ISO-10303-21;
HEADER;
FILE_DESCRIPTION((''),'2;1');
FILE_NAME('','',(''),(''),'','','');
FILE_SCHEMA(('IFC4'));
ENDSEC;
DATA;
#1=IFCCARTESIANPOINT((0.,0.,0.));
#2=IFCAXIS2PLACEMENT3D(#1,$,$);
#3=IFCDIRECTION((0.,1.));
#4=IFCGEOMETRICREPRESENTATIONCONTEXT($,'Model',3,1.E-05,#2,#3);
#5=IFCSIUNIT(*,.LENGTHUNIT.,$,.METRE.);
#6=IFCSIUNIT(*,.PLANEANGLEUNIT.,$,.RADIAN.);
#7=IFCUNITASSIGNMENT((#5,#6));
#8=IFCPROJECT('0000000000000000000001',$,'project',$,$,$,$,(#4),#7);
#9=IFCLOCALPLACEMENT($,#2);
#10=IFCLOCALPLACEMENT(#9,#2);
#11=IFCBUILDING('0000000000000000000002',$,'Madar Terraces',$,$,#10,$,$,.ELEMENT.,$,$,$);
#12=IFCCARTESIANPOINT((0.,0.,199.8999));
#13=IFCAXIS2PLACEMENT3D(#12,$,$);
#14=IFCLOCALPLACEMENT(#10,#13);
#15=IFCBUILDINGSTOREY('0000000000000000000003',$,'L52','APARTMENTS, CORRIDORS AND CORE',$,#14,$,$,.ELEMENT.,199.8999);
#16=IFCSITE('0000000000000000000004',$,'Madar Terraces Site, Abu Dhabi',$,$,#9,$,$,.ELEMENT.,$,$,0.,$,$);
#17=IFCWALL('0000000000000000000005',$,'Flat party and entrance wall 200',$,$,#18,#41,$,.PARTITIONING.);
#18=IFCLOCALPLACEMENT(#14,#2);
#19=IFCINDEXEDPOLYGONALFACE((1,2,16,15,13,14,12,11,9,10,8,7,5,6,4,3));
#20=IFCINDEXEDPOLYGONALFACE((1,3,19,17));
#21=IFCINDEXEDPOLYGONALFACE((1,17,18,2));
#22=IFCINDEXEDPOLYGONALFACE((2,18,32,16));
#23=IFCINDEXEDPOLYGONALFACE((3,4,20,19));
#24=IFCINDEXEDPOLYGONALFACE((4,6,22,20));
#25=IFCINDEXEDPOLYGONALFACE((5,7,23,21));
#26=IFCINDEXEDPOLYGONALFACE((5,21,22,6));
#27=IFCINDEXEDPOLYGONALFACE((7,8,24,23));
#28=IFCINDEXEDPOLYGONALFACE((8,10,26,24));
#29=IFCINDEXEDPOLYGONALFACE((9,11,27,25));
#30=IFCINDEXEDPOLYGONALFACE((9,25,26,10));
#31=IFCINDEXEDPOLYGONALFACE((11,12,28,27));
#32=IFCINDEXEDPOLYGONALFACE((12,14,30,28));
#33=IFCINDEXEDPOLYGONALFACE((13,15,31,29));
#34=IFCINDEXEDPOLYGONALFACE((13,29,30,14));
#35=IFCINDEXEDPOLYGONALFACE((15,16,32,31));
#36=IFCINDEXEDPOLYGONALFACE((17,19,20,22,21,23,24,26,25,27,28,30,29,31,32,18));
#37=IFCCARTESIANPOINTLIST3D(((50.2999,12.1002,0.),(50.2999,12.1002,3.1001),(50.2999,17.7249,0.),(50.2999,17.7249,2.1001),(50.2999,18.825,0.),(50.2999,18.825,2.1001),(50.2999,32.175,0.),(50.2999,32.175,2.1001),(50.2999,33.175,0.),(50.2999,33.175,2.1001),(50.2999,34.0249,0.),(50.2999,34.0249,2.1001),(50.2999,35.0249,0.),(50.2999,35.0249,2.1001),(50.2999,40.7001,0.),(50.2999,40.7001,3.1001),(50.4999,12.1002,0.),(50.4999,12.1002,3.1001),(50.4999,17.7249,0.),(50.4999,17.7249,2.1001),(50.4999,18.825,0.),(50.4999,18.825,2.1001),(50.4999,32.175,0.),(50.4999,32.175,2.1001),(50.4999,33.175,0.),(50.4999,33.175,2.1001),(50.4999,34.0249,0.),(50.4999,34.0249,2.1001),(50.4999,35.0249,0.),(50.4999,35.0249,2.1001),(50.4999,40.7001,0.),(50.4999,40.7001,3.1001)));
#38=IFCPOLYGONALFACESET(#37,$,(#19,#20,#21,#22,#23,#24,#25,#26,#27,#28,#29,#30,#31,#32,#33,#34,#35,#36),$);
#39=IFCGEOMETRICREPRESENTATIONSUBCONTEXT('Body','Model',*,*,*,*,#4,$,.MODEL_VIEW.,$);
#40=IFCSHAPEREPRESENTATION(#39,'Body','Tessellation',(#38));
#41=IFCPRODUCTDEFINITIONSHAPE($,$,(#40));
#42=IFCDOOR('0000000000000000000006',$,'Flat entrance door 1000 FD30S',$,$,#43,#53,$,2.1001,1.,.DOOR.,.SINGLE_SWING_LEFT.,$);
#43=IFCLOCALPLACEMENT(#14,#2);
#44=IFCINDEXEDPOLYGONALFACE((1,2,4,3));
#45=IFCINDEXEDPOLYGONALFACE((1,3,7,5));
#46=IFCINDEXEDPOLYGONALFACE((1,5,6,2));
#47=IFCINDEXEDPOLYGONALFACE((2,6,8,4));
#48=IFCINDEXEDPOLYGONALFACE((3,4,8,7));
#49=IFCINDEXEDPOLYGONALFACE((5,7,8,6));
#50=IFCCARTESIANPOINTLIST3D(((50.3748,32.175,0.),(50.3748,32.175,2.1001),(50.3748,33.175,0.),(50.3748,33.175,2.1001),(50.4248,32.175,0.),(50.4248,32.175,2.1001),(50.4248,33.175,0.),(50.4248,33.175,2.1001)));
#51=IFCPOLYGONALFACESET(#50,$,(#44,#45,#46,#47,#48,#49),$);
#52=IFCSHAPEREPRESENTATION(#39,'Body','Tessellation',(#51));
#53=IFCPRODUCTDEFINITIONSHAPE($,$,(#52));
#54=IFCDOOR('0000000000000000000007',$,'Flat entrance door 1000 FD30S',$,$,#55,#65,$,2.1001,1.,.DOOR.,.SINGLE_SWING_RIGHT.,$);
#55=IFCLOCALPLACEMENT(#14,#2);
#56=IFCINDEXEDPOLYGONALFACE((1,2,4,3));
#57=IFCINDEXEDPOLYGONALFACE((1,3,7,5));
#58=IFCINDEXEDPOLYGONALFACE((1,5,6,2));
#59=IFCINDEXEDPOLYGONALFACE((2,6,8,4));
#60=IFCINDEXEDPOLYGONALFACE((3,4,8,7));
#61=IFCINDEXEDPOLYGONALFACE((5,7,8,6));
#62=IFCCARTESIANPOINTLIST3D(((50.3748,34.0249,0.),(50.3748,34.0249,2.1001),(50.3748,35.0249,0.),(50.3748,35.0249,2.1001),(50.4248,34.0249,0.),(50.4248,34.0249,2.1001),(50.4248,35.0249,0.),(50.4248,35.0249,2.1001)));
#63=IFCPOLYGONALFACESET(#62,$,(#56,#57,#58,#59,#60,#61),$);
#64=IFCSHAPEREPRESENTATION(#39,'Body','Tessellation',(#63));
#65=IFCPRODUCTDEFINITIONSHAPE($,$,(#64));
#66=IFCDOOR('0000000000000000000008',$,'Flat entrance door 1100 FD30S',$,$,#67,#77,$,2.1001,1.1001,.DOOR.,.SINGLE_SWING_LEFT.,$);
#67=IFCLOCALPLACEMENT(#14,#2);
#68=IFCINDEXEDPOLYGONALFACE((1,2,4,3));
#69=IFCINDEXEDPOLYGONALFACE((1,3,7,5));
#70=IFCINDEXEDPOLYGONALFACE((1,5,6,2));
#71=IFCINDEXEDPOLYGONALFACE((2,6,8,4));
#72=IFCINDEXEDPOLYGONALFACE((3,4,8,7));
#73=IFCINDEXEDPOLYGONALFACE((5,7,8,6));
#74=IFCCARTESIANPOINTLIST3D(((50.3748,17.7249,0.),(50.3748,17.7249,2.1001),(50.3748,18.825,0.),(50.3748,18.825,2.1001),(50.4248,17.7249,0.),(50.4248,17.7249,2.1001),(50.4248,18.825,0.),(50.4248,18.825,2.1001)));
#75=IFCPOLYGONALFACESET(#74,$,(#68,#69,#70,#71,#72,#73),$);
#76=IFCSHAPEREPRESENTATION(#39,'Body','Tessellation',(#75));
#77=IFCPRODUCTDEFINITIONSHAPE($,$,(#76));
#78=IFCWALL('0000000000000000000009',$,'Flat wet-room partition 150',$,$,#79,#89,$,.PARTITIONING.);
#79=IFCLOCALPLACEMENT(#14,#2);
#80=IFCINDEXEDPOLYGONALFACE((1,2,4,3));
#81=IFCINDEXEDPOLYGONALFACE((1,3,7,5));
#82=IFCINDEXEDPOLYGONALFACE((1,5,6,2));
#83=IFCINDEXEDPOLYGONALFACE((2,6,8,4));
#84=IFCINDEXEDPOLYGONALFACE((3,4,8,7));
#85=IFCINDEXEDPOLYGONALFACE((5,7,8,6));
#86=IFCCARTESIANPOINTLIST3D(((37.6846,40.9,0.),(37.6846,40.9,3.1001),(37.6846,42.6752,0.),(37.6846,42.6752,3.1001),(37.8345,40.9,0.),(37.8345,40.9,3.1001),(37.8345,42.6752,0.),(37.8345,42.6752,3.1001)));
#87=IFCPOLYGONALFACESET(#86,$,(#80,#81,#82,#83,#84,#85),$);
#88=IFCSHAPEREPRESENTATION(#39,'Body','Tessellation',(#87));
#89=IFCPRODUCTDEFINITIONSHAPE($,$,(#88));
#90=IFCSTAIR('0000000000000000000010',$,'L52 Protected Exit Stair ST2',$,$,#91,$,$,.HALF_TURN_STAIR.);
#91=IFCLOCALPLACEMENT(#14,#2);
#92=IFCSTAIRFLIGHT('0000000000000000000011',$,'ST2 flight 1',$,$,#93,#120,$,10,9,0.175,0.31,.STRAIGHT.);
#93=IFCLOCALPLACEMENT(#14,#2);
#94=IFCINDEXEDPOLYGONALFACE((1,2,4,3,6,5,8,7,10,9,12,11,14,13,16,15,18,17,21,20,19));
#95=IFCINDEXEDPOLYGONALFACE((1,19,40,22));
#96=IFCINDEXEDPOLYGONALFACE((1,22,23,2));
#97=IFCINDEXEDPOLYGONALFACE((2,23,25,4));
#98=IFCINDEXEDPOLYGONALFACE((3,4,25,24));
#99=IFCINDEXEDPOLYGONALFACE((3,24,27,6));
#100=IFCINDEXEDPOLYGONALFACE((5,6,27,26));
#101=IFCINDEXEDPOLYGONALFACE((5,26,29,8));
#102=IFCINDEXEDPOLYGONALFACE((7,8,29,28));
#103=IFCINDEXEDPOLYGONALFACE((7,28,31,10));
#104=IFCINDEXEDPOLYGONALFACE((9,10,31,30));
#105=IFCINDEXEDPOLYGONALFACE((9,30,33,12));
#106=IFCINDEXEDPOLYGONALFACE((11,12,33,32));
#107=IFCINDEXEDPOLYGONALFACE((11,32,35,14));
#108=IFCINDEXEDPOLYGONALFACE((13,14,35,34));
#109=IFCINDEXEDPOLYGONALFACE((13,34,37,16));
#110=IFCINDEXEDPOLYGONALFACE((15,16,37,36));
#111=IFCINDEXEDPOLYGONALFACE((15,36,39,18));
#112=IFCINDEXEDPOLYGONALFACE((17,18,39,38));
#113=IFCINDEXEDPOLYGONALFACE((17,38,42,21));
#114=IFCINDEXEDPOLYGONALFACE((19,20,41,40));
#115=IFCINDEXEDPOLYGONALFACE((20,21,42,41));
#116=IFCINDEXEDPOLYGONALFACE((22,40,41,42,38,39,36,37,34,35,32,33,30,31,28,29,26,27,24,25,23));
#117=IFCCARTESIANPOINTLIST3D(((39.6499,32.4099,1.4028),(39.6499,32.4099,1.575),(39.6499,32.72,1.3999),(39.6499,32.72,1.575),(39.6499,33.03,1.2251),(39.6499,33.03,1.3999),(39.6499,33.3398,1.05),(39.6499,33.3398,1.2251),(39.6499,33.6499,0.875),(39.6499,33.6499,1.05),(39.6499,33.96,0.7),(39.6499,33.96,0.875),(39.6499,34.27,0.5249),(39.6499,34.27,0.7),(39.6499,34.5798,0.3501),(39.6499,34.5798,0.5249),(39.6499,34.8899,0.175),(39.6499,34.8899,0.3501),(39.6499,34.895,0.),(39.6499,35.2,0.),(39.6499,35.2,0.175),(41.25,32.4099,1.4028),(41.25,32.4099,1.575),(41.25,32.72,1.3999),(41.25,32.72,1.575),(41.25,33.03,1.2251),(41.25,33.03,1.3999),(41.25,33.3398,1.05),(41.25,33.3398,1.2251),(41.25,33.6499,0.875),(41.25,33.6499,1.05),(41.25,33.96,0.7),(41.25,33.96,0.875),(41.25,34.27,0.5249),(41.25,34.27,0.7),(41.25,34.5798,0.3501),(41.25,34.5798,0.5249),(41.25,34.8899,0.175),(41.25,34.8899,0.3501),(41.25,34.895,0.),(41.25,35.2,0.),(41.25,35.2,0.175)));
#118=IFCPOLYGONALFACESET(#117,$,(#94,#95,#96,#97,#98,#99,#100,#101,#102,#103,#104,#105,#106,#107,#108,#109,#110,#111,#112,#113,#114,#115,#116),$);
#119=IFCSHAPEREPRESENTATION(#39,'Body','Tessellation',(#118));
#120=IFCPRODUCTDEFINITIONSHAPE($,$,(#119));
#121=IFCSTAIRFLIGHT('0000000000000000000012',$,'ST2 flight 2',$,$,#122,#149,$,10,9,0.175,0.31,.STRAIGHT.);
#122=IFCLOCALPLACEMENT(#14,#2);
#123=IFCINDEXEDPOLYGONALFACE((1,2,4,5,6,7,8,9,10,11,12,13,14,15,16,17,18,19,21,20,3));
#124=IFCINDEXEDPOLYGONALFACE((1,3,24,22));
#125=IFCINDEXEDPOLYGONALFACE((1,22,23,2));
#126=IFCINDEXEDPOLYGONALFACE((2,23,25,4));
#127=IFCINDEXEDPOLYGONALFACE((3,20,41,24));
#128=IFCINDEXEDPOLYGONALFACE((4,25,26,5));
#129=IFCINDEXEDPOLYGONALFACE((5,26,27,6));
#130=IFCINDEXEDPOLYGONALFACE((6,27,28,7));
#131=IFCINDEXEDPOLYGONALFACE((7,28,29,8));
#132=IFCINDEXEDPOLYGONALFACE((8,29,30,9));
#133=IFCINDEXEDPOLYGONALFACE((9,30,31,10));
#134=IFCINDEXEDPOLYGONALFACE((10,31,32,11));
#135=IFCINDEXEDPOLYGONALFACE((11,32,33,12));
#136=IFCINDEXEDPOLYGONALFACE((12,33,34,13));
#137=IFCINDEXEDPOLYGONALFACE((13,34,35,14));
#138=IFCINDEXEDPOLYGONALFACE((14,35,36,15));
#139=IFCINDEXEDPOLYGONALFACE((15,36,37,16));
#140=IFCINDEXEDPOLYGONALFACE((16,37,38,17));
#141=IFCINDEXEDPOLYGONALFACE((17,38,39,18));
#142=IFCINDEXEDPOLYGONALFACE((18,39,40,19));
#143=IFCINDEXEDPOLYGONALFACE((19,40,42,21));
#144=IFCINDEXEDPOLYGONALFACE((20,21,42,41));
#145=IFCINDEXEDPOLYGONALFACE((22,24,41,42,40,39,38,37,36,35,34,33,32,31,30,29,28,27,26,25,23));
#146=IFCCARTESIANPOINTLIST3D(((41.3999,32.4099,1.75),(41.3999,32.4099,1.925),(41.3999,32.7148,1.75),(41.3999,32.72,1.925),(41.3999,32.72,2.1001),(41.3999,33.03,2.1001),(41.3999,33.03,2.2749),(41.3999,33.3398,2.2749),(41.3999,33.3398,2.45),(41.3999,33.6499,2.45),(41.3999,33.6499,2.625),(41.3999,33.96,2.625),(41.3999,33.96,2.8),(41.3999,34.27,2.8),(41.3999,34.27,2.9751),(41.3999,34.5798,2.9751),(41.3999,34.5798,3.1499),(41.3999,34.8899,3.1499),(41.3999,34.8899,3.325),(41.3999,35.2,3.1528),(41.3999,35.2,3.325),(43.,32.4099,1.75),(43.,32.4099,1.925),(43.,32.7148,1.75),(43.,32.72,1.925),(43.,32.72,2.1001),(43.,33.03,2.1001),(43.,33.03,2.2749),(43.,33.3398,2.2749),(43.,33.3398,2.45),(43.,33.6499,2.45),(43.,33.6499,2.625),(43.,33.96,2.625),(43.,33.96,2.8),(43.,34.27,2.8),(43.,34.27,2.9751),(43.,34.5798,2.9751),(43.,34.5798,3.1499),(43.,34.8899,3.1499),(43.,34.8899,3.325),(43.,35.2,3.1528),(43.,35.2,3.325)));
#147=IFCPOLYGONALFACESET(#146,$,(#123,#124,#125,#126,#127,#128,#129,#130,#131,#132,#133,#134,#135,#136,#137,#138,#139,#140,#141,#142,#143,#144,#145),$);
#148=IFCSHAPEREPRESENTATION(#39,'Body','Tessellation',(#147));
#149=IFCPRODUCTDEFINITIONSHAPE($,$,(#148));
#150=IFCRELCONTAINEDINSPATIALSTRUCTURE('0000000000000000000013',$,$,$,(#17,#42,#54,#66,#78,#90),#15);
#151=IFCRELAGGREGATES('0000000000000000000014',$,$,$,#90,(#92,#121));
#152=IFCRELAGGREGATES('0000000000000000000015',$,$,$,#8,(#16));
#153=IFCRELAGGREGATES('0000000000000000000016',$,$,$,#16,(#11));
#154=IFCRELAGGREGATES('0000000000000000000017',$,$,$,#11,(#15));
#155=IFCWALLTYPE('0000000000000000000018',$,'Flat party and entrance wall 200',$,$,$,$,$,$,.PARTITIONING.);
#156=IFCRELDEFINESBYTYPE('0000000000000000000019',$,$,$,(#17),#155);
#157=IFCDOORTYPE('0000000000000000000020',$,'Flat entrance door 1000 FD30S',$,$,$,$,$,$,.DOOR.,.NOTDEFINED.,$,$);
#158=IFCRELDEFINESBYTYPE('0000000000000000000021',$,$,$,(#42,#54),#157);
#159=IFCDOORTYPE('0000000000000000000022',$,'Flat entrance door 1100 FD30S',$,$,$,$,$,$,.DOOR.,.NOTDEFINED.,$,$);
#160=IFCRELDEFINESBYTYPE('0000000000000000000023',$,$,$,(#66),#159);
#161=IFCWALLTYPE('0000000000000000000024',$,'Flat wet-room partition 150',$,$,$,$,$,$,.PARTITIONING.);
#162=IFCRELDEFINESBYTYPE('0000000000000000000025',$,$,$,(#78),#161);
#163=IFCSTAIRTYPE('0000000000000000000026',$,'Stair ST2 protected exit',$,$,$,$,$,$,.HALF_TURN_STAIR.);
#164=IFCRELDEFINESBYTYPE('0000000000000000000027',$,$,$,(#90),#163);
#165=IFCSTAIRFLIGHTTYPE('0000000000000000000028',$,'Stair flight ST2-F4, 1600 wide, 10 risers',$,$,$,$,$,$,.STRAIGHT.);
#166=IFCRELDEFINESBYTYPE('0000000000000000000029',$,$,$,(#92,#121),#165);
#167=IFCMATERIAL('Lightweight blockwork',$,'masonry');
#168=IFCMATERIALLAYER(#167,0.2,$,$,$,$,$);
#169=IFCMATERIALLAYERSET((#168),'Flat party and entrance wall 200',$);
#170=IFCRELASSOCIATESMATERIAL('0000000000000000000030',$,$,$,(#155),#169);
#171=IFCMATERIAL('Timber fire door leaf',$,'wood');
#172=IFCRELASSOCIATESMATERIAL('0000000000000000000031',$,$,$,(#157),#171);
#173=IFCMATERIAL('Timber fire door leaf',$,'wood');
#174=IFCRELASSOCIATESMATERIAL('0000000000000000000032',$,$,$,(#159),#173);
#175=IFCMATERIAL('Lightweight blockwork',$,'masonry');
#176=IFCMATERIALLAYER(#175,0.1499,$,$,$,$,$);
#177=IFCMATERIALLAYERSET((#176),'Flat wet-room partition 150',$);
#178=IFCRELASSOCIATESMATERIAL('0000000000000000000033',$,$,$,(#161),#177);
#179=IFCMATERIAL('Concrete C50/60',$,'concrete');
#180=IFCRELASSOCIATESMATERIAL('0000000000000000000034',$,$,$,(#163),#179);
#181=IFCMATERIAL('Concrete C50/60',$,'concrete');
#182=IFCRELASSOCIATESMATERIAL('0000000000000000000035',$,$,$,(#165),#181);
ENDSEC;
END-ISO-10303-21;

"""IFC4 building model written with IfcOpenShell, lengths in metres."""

from ifc_helpers import new_model, si_unit, direction, frame, frame_2d, origin, place, context, subcontext, project, spatial, polyline, rectangle, outline, extrude, material, layer, layer_set, type_object, element, fill, aggregate, save


model = new_model("IFC4")

# Units and contexts
model_context = context("Model", 3, precision=1e-05, world=origin(), true_north=direction((0.0, 1.0)))
body_context = subcontext(model_context, "Body", "Model", "MODEL_VIEW")
ifc_project = project(units=[si_unit("LENGTHUNIT", "METRE"), si_unit("PLANEANGLEUNIT", "RADIAN")], contexts=[model_context])

# Site, building, storey
site_placement = place(None, origin())
site = spatial("IfcSite", under=ifc_project, at=site_placement, Name="Madar Terraces Site, Abu Dhabi", CompositionType="ELEMENT", RefElevation=0.0)
building_placement = place(site_placement, origin())
building = spatial("IfcBuilding", under=site, at=building_placement, Name="Madar Terraces", CompositionType="ELEMENT")
storey_placement = place(building_placement, frame((0.0, 0.0, 199.8999)))
storey = spatial("IfcBuildingStorey", under=building, at=storey_placement, Name="L52", Description="APARTMENTS, CORRIDORS AND CORE", CompositionType="ELEMENT", Elevation=199.8999)

# Wall, openings, doors
ifc_material_1 = material(Name="Lightweight blockwork", Category="masonry")
ifc_layer_1 = layer(ifc_material_1, 0.2)
ifc_layer_set_1 = layer_set([ifc_layer_1], Name="Flat party and entrance wall 200")
wall_type_1 = type_object("IfcWallType", Name="Flat party and entrance wall 200", PredefinedType="PARTITIONING", material=ifc_layer_set_1)
wall_1_placement = place(storey_placement, frame((50.3999, 40.7, 0.0), z_axis=(0.0, 0.0, 1.0), x_axis=(0.0, -1.0, 0.0)))
wall_1 = element("IfcWall", 1, at=wall_1_placement, inside=storey, type_object=wall_type_1, Name="Flat party and entrance wall 200", PredefinedType="PARTITIONING", context=body_context, shape_type="SweptSolid", body=[
    extrude(rectangle(XDim=28.5999, YDim=0.2, at=frame_2d((14.2998, 0.0))), origin(), (0.0, 0.0, 1.0), 3.1001),
])
opening_1_placement = place(wall_1_placement, frame((21.875, 0.0, 0.0)))
opening_1 = element("IfcOpeningElement", 2, at=opening_1_placement, cuts=wall_1, PredefinedType="OPENING", context=body_context, shape_type="SweptSolid", body=[
    extrude(rectangle(XDim=1.1001, YDim=2.1001, at=frame_2d((0.55, 1.05))), frame((0.0, 0.1099, 0.0), z_axis=(0.0, -1.0, 0.0), x_axis=(1.0, 0.0, 0.0)), (0.0, 0.0, 1.0), 0.22),
])
opening_2_placement = place(wall_1_placement, frame((7.5249, 0.0, 0.0)))
opening_2 = element("IfcOpeningElement", 3, at=opening_2_placement, cuts=wall_1, PredefinedType="OPENING", context=body_context, shape_type="SweptSolid", body=[
    extrude(rectangle(XDim=1.0, YDim=2.1001, at=frame_2d((0.5, 1.05))), frame((0.0, 0.1099, 0.0), z_axis=(0.0, -1.0, 0.0), x_axis=(1.0, 0.0, 0.0)), (0.0, 0.0, 1.0), 0.22),
])
opening_3_placement = place(wall_1_placement, frame((5.675, 0.0, 0.0)))
opening_3 = element("IfcOpeningElement", 4, at=opening_3_placement, cuts=wall_1, PredefinedType="OPENING", context=body_context, shape_type="SweptSolid", body=[
    extrude(rectangle(XDim=1.0, YDim=2.1001, at=frame_2d((0.5, 1.05))), frame((0.0, 0.1099, 0.0), z_axis=(0.0, -1.0, 0.0), x_axis=(1.0, 0.0, 0.0)), (0.0, 0.0, 1.0), 0.22),
])
ifc_material_2 = material(Name="Timber fire door leaf", Category="wood")
door_type_1 = type_object("IfcDoorType", Name="Flat entrance door 1000 FD30S", OperationType="NOTDEFINED", PredefinedType="DOOR", material=ifc_material_2)
door_1_placement = place(opening_2_placement, origin())
door_1 = element("IfcDoor", 5, at=door_1_placement, inside=storey, type_object=door_type_1, Name="Flat entrance door 1000 FD30S", OperationType="SINGLE_SWING_LEFT", OverallHeight=2.1001, OverallWidth=1.0, PredefinedType="DOOR", context=body_context, shape_type="SweptSolid", body=[
    extrude(rectangle(XDim=1.0, YDim=2.1001, at=frame_2d((0.5, 1.05))), frame((0.0, 0.0249, 0.0), z_axis=(0.0, -1.0, 0.0), x_axis=(1.0, 0.0, 0.0)), (0.0, 0.0, 1.0), 0.05),
])
fill(opening_2, door_1)
door_2_placement = place(opening_3_placement, origin())
door_2 = element("IfcDoor", 6, at=door_2_placement, inside=storey, type_object=door_type_1, Name="Flat entrance door 1000 FD30S", OperationType="SINGLE_SWING_RIGHT", OverallHeight=2.1001, OverallWidth=1.0, PredefinedType="DOOR", context=body_context, shape_type="SweptSolid", body=[
    extrude(rectangle(XDim=1.0, YDim=2.1001, at=frame_2d((0.5, 1.05))), frame((0.0, 0.0249, 0.0), z_axis=(0.0, -1.0, 0.0), x_axis=(1.0, 0.0, 0.0)), (0.0, 0.0, 1.0), 0.05),
])
fill(opening_3, door_2)
ifc_material_3 = material(Name="Timber fire door leaf", Category="wood")
door_type_2 = type_object("IfcDoorType", Name="Flat entrance door 1100 FD30S", OperationType="NOTDEFINED", PredefinedType="DOOR", material=ifc_material_3)
door_3_placement = place(opening_1_placement, origin())
door_3 = element("IfcDoor", 7, at=door_3_placement, inside=storey, type_object=door_type_2, Name="Flat entrance door 1100 FD30S", OperationType="SINGLE_SWING_LEFT", OverallHeight=2.1001, OverallWidth=1.1001, PredefinedType="DOOR", context=body_context, shape_type="SweptSolid", body=[
    extrude(rectangle(XDim=1.1001, YDim=2.1001, at=frame_2d((0.55, 1.05))), frame((0.0, 0.0249, 0.0), z_axis=(0.0, -1.0, 0.0), x_axis=(1.0, 0.0, 0.0)), (0.0, 0.0, 1.0), 0.05),
])
fill(opening_1, door_3)

# Wall
ifc_material_4 = material(Name="Lightweight blockwork", Category="masonry")
ifc_layer_2 = layer(ifc_material_4, 0.1499)
ifc_layer_set_2 = layer_set([ifc_layer_2], Name="Flat wet-room partition 150")
wall_type_2 = type_object("IfcWallType", Name="Flat wet-room partition 150", PredefinedType="PARTITIONING", material=ifc_layer_set_2)
wall_2_placement = place(storey_placement, frame((37.7595, 40.8999, 0.0), z_axis=(0.0, 0.0, 1.0), x_axis=(0.0, 1.0, 0.0)))
element("IfcWall", 8, at=wall_2_placement, inside=storey, type_object=wall_type_2, Name="Flat wet-room partition 150", PredefinedType="PARTITIONING", context=body_context, shape_type="SweptSolid", body=[
    extrude(rectangle(XDim=1.7751, YDim=0.1499, at=frame_2d((0.8877, 0.0))), origin(), (0.0, 0.0, 1.0), 3.1001),
])

# Stair, stair flights
ifc_material_5 = material(Name="Concrete C50/60", Category="concrete")
stair_type = type_object("IfcStairType", Name="Stair ST2 protected exit", PredefinedType="HALF_TURN_STAIR", material=ifc_material_5)
stair_placement = place(storey_placement, origin())
stair = element("IfcStair", 9, at=stair_placement, inside=storey, type_object=stair_type, Name="L52 Protected Exit Stair ST2", PredefinedType="HALF_TURN_STAIR")
ifc_material_6 = material(Name="Concrete C50/60", Category="concrete")
stair_flight_type = type_object("IfcStairFlightType", Name="Stair flight ST2-F4, 1600 wide, 10 risers", PredefinedType="STRAIGHT", material=ifc_material_6)
stair_flight_1_placement = place(storey_placement, frame((40.45, 35.2, 0.0), z_axis=(0.0, 0.0, 1.0), x_axis=(0.0, -1.0, 0.0)))
stair_flight_1 = element("IfcStairFlight", 10, at=stair_flight_1_placement, type_object=stair_flight_type, Name="ST2 flight 1", NumberOfRisers=10, NumberOfTreads=9, PredefinedType="STRAIGHT", RiserHeight=0.175, TreadLength=0.31, context=body_context, shape_type="SweptSolid", body=[
    extrude(outline(polyline([(0.0, 0.0), (0.0, 0.175), (0.3101, 0.175), (0.3101, 0.3501), (0.6201, 0.3501), (0.6201, 0.5249), (0.9299, 0.5249), (0.9299, 0.7), (1.24, 0.7), (1.24, 0.875), (1.55, 0.875), (1.55, 1.05), (1.8601, 1.05), (1.8601, 1.2251), (2.1699, 1.2251), (2.1699, 1.3999), (2.48, 1.3999), (2.48, 1.575), (2.79, 1.575), (2.79, 1.75), (2.79, 1.4028), (0.3049, 0.0), (0.0, 0.0)])), frame((0.0, 0.8, 0.0), z_axis=(0.0, -1.0, 0.0), x_axis=(1.0, 0.0, 0.0)), (0.0, 0.0, 1.0), 1.6001),
])
stair_flight_2_placement = place(storey_placement, frame((42.2, 32.4099, 1.75), z_axis=(0.0, 0.0, 1.0), x_axis=(0.0, 1.0, 0.0)))
stair_flight_2 = element("IfcStairFlight", 11, at=stair_flight_2_placement, type_object=stair_flight_type, Name="ST2 flight 2", NumberOfRisers=10, NumberOfTreads=9, PredefinedType="STRAIGHT", RiserHeight=0.175, TreadLength=0.31, context=body_context, shape_type="SweptSolid", body=[
    extrude(outline(polyline([(0.0, 0.0), (0.0, 0.175), (0.3101, 0.175), (0.3101, 0.3501), (0.6201, 0.3501), (0.6201, 0.5249), (0.9299, 0.5249), (0.9299, 0.7), (1.24, 0.7), (1.24, 0.875), (1.55, 0.875), (1.55, 1.05), (1.8601, 1.05), (1.8601, 1.2251), (2.1699, 1.2251), (2.1699, 1.3999), (2.48, 1.3999), (2.48, 1.575), (2.79, 1.575), (2.79, 1.75), (2.79, 1.4028), (0.3049, 0.0), (0.0, 0.0)])), frame((0.0, 0.8, 0.0), z_axis=(0.0, -1.0, 0.0), x_axis=(1.0, 0.0, 0.0)), (0.0, 0.0, 1.0), 1.6001),
])
aggregate(stair, [stair_flight_1, stair_flight_2])

save(model, "model.ifc")
